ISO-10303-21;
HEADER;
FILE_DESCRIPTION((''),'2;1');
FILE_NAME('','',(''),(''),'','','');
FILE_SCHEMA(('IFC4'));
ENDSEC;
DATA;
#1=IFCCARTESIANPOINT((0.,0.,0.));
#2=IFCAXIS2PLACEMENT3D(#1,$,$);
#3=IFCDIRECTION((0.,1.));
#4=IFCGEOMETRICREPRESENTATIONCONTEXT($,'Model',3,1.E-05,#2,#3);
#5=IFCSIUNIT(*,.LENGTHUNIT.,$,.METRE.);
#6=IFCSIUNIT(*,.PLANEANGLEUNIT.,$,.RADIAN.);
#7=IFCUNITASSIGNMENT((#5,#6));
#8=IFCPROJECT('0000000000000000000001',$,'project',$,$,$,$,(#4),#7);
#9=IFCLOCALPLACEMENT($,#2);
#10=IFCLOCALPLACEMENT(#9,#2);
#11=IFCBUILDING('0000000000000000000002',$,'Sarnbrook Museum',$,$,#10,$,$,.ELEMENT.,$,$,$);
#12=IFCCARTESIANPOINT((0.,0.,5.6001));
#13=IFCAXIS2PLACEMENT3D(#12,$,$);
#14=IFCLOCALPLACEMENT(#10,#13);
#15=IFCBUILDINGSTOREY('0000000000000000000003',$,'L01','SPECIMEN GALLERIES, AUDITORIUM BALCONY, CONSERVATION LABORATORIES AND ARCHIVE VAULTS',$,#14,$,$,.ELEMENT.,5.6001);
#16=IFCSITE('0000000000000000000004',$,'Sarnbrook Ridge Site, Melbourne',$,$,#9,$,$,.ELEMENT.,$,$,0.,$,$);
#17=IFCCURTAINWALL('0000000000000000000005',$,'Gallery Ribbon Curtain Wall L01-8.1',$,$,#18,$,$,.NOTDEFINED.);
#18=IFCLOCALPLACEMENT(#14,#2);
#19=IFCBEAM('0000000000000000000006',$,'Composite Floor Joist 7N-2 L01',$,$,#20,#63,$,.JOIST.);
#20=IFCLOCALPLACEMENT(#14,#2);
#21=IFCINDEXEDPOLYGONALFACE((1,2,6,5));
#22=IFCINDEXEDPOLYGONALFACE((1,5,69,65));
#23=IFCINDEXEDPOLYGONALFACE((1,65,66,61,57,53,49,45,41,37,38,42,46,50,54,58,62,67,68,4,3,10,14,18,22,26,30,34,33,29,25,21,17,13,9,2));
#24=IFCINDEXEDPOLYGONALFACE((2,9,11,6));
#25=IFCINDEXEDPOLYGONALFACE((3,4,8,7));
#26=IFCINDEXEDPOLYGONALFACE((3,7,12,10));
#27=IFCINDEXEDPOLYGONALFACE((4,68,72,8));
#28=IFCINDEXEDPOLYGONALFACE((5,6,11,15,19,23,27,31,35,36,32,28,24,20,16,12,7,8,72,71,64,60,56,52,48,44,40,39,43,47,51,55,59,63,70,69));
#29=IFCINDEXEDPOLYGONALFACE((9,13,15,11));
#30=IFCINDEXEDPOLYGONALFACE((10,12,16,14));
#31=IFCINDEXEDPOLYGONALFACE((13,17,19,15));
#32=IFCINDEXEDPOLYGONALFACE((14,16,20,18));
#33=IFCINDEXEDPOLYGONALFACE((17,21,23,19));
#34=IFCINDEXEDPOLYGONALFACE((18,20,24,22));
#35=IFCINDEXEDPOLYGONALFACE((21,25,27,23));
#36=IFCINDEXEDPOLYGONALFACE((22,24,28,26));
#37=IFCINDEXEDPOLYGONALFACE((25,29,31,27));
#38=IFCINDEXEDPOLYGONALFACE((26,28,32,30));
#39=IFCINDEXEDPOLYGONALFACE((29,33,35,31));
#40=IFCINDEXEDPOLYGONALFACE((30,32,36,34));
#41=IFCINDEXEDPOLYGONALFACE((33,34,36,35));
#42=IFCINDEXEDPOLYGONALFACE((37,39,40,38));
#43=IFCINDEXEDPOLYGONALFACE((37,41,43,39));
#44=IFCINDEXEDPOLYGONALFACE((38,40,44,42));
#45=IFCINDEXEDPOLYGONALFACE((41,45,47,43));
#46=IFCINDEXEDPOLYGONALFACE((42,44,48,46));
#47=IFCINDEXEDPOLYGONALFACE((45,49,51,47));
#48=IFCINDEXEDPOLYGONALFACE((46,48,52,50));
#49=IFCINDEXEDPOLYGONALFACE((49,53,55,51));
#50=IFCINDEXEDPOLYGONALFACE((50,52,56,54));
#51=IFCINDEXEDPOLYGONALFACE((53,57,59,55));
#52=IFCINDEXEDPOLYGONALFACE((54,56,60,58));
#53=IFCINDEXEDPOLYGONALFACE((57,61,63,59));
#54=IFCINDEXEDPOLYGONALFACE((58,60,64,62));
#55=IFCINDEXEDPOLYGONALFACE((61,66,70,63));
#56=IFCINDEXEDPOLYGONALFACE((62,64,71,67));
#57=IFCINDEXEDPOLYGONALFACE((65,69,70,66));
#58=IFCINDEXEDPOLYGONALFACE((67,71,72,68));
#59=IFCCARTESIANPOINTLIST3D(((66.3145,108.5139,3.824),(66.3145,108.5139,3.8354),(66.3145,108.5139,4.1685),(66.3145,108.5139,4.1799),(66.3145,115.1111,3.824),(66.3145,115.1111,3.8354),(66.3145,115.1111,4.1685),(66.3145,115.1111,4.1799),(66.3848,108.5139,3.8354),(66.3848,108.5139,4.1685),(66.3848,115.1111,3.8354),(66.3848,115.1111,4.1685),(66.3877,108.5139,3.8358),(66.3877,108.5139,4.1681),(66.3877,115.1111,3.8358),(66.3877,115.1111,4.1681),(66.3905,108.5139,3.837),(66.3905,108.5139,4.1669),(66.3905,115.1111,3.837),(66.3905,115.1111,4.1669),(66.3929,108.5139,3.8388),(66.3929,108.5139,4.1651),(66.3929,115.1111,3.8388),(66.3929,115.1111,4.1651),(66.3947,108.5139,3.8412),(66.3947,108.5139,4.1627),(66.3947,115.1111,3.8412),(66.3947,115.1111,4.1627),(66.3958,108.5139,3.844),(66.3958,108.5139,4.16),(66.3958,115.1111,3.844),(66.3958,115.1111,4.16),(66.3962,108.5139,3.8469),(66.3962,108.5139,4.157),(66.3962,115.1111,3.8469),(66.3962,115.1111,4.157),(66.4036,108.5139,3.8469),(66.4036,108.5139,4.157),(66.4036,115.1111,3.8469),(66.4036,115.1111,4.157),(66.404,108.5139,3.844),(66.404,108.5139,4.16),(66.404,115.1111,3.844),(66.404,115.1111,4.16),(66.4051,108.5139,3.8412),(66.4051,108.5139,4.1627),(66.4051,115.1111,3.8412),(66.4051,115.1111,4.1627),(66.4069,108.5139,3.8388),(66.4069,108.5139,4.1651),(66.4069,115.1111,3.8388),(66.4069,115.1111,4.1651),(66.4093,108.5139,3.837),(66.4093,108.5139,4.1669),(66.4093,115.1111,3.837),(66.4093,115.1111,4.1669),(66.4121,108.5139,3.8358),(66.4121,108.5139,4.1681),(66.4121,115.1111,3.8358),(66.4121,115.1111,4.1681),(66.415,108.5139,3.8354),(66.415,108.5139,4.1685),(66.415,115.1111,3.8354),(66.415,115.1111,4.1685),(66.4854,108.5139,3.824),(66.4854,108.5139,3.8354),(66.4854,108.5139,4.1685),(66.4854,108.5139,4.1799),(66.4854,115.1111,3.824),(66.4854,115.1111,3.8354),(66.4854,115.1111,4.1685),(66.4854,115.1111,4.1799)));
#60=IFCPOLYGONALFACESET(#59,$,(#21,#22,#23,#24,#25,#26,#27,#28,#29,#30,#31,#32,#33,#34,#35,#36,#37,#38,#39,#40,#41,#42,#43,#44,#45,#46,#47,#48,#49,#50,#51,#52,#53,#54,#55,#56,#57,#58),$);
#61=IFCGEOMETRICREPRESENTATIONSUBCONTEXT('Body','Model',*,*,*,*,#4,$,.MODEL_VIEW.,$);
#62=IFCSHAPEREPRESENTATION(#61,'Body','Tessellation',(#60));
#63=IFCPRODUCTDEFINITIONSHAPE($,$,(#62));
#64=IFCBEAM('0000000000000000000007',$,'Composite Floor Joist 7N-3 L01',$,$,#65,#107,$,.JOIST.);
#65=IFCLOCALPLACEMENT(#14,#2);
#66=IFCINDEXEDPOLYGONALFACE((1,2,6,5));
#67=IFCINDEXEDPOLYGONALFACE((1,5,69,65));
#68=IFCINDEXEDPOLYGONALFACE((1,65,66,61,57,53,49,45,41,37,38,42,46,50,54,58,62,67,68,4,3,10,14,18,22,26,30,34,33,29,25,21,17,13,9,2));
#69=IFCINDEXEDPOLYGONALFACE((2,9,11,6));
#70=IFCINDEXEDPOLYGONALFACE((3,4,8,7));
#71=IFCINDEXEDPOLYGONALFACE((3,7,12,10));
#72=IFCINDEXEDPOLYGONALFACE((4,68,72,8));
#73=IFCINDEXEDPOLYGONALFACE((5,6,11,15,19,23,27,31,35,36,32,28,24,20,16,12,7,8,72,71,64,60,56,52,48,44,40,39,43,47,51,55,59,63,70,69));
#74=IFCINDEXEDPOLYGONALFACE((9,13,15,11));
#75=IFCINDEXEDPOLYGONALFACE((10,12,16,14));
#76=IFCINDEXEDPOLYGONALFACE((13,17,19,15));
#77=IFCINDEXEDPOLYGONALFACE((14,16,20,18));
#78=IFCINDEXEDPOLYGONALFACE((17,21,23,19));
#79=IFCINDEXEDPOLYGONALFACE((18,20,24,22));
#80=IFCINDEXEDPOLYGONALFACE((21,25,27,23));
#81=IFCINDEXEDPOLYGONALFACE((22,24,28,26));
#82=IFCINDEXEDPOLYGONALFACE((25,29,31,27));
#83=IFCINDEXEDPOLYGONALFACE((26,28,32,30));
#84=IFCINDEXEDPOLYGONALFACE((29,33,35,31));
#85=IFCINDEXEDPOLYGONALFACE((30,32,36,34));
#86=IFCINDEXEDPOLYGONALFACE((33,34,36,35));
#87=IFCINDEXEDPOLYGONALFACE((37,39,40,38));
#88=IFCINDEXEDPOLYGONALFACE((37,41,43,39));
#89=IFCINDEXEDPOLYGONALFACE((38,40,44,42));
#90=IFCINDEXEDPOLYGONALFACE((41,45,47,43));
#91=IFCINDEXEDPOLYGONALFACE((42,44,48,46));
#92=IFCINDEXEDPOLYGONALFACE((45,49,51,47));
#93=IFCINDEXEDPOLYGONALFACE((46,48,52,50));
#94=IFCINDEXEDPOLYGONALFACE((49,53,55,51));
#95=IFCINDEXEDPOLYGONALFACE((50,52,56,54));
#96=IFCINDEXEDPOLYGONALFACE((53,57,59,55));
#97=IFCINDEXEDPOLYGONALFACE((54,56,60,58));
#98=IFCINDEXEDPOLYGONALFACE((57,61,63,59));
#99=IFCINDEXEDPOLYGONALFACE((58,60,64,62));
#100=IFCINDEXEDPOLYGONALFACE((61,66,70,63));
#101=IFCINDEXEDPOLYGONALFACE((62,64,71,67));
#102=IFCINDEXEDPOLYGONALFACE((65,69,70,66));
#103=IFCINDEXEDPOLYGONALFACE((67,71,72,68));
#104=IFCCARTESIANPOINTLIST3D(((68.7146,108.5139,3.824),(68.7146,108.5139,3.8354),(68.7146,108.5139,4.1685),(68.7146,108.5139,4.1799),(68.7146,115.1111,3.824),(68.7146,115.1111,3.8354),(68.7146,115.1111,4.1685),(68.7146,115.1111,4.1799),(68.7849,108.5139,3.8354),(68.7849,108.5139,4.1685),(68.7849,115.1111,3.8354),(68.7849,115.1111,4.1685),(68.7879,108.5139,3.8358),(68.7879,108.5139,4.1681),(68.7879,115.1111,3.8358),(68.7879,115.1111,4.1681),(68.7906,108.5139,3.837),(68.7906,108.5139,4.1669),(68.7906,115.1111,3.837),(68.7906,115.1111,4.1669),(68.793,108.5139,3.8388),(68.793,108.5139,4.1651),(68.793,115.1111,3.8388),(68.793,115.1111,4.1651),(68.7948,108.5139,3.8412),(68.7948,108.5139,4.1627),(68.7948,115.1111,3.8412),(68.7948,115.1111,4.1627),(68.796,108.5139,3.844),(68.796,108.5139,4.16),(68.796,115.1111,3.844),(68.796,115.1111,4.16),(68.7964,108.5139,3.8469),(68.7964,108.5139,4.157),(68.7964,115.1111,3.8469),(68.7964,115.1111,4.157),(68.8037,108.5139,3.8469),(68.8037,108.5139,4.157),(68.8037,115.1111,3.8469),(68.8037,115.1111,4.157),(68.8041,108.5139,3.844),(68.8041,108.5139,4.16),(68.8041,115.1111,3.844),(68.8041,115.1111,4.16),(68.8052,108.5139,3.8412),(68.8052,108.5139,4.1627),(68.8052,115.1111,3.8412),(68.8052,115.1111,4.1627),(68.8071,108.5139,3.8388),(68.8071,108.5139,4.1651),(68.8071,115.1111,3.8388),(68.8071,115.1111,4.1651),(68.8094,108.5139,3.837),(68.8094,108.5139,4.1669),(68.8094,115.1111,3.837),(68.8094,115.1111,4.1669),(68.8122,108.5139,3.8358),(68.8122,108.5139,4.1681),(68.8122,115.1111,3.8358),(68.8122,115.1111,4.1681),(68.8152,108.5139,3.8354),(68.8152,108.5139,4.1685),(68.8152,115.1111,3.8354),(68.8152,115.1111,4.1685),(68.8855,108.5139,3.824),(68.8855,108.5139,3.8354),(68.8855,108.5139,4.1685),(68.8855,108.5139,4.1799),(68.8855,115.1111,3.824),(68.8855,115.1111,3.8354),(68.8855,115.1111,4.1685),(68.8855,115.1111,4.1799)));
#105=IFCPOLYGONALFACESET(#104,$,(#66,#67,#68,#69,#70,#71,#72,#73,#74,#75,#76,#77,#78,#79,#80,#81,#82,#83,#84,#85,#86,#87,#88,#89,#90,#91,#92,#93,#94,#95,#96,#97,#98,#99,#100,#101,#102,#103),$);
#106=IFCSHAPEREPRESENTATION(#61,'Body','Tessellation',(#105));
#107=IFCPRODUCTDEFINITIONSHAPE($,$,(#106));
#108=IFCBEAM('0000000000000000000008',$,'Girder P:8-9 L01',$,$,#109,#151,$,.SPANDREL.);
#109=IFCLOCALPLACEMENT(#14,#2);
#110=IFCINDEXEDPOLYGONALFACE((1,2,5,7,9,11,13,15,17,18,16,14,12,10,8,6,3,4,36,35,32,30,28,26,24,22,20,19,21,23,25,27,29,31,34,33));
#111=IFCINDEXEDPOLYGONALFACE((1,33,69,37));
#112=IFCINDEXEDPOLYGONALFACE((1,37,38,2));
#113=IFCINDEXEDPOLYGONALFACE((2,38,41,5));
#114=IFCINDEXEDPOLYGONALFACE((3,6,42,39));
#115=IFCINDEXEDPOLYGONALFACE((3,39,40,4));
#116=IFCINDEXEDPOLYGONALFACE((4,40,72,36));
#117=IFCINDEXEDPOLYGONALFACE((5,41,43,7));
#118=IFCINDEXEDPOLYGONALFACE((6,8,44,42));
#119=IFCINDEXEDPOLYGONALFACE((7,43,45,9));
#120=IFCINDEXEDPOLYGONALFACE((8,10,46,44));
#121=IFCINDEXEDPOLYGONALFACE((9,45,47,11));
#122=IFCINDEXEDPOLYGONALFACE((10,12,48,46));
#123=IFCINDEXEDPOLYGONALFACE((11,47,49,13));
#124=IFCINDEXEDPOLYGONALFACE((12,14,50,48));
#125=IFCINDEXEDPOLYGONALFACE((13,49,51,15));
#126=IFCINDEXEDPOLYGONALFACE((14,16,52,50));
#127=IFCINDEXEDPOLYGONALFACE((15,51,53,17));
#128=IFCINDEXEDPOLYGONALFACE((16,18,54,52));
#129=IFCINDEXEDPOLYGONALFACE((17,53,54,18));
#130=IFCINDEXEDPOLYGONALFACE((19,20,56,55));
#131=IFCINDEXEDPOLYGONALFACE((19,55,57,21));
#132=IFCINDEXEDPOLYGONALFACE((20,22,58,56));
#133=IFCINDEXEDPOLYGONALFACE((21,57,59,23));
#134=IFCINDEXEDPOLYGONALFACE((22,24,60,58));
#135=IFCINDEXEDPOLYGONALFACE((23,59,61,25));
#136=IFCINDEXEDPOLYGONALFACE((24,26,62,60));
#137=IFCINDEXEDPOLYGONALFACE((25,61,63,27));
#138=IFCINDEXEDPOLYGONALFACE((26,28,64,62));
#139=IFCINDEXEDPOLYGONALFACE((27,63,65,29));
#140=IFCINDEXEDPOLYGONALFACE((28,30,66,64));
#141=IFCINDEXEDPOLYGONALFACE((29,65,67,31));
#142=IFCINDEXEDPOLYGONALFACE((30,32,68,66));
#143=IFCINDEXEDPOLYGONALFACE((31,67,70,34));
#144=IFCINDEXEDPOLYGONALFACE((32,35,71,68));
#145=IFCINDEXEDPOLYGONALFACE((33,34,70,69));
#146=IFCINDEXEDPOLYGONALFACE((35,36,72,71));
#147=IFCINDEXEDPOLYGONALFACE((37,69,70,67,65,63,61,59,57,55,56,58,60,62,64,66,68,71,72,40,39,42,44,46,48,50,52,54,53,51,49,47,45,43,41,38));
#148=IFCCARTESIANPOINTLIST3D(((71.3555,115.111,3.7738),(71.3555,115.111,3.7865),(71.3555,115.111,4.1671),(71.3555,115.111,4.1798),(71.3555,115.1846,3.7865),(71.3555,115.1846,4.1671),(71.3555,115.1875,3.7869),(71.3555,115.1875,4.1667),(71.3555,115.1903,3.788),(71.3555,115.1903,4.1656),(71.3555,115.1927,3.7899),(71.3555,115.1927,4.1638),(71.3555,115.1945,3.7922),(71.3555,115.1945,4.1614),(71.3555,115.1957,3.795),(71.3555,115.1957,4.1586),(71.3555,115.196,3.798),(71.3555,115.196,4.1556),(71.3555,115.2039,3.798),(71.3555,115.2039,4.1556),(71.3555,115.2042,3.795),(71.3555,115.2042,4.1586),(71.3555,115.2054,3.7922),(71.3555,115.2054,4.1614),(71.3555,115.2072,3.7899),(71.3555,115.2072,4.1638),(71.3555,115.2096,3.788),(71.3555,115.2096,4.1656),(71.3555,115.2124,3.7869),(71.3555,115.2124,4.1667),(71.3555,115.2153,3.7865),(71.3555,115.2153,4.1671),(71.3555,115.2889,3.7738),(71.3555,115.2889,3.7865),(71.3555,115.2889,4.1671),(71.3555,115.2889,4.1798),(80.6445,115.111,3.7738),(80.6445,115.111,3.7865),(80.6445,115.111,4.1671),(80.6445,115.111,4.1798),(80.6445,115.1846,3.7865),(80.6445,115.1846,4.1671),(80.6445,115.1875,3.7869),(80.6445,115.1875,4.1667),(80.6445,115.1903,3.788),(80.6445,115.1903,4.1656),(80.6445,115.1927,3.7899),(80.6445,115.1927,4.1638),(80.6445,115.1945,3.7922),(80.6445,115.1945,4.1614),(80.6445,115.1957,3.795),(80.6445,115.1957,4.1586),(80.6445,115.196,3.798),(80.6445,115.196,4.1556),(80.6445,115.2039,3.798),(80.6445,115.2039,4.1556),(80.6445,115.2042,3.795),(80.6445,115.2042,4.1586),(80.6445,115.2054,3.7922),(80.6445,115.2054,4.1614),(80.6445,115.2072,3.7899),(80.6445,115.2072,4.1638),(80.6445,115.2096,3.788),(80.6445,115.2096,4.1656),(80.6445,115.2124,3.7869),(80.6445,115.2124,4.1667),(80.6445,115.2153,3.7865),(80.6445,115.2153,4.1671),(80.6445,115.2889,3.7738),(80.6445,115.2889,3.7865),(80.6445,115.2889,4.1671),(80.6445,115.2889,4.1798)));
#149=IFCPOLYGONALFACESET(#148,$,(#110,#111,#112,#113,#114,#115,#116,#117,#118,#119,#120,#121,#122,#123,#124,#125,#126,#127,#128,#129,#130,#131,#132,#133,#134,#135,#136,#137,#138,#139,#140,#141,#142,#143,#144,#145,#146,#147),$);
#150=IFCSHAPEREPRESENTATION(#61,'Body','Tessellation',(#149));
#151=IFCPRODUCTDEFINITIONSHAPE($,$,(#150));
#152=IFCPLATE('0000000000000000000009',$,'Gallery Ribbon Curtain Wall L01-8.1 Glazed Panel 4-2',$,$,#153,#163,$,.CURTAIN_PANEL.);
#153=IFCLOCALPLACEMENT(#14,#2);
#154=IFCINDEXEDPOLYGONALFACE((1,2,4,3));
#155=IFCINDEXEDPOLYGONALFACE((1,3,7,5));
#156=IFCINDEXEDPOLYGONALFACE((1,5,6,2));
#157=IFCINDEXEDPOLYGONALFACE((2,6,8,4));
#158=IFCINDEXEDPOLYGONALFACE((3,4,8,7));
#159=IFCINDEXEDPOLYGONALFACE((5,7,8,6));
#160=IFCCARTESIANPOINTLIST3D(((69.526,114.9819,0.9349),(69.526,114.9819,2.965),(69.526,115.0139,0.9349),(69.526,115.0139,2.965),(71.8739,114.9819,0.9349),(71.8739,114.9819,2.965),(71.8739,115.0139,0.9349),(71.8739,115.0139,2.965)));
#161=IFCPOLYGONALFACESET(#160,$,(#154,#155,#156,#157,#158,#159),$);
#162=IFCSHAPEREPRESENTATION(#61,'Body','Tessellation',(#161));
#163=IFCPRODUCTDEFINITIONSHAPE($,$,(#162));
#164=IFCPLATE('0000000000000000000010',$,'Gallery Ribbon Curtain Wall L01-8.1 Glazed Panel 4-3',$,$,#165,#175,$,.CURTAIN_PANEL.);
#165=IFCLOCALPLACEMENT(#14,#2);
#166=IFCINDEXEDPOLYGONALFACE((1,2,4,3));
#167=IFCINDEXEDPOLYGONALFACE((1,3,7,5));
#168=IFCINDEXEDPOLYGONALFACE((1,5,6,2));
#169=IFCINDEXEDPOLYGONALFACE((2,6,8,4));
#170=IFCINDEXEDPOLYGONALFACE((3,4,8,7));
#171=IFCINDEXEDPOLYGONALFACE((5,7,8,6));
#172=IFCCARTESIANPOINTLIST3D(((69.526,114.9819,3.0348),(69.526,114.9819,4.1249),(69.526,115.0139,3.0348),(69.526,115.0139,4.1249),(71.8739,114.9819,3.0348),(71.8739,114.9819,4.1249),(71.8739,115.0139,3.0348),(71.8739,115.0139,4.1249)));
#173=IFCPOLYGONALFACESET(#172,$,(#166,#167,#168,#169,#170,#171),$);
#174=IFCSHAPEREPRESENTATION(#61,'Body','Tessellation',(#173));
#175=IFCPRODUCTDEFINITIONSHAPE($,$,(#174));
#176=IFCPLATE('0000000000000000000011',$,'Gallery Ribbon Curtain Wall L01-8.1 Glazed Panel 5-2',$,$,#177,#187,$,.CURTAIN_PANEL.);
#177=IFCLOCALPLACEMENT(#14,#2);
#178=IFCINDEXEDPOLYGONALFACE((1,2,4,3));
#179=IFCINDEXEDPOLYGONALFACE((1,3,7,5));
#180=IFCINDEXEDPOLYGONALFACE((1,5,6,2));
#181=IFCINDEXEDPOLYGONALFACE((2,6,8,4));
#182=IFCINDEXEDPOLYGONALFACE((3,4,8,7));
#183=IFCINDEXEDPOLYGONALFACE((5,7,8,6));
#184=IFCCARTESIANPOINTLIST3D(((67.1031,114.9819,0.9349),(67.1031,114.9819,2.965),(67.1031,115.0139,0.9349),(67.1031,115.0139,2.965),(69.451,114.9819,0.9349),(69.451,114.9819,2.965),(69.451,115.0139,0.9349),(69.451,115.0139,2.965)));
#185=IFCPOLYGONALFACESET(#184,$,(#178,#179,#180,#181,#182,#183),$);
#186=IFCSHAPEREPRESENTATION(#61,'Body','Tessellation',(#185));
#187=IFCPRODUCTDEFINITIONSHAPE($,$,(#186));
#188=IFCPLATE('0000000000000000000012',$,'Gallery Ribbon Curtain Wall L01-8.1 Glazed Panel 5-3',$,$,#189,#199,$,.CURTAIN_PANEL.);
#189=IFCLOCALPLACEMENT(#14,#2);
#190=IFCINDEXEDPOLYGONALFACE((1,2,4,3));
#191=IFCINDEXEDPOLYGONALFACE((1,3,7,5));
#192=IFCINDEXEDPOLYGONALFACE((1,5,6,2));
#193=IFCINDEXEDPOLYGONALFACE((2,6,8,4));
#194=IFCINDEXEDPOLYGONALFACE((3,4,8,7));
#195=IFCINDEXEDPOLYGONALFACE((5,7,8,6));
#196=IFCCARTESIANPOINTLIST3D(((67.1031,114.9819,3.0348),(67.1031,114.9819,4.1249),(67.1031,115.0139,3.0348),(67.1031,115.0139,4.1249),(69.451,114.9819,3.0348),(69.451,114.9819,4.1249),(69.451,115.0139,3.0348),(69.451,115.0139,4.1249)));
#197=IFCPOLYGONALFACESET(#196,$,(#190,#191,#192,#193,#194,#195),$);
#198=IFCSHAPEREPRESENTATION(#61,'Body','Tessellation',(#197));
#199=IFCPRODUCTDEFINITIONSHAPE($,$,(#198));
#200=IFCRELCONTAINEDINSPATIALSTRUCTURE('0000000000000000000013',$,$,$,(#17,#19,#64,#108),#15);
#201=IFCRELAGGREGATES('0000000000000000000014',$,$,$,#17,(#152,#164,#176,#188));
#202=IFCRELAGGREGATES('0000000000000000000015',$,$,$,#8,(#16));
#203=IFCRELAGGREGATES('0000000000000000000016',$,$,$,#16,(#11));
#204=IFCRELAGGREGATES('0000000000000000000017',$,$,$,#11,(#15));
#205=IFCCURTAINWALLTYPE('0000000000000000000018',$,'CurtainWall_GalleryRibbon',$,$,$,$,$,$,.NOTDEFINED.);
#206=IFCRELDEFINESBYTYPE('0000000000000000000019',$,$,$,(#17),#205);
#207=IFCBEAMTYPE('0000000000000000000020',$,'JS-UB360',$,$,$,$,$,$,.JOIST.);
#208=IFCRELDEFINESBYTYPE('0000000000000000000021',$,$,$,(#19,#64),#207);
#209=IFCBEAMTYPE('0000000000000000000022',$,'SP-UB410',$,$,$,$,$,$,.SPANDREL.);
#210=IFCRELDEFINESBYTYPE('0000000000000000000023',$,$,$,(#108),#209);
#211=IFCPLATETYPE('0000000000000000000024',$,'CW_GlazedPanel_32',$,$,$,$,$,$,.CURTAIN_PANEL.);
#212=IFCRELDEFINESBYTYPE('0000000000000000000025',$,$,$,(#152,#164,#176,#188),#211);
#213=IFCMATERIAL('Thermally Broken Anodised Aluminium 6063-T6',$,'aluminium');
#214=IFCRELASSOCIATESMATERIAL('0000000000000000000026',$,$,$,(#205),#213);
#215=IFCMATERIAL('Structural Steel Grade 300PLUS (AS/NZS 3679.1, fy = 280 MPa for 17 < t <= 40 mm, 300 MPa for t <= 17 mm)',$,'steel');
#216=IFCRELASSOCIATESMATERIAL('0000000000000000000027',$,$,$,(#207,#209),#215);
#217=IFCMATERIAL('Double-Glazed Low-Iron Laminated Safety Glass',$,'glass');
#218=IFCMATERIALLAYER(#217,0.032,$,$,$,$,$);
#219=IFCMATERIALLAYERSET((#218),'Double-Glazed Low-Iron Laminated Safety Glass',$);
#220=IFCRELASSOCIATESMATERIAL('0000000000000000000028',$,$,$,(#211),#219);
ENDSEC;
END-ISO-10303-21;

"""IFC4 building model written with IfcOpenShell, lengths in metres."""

from ifc_helpers import new_model, si_unit, direction, frame, origin, origin_2d, place, context, subcontext, project, spatial, rectangle, i_section, extrude, material, layer, layer_set, material_profile, profile_set, type_object, element, aggregate, save


model = new_model("IFC4")

# Units and contexts
model_context = context("Model", 3, precision=1e-05, world=origin(), true_north=direction((0.0, 1.0)))
body_context = subcontext(model_context, "Body", "Model", "MODEL_VIEW")
ifc_project = project(units=[si_unit("LENGTHUNIT", "METRE"), si_unit("PLANEANGLEUNIT", "RADIAN")], contexts=[model_context])

# Site, building, storey
site_placement = place(None, origin())
site = spatial("IfcSite", under=ifc_project, at=site_placement, Name="Sarnbrook Ridge Site, Melbourne", CompositionType="ELEMENT", RefElevation=0.0)
building_placement = place(site_placement, origin())
building = spatial("IfcBuilding", under=site, at=building_placement, Name="Sarnbrook Museum", CompositionType="ELEMENT")
storey_placement = place(building_placement, frame((0.0, 0.0, 5.6001)))
storey = spatial("IfcBuildingStorey", under=building, at=storey_placement, Name="L01", Description="SPECIMEN GALLERIES, AUDITORIUM BALCONY, CONSERVATION LABORATORIES AND ARCHIVE VAULTS", CompositionType="ELEMENT", Elevation=5.6001)

# Shared definitions
ifc_material_1 = material(Name="Structural Steel Grade 300PLUS (AS/NZS 3679.1, fy = 280 MPa for 17 < t <= 40 mm, 300 MPa for t <= 17 mm)", Category="steel")

# Curtain wall
ifc_material_2 = material(Name="Thermally Broken Anodised Aluminium 6063-T6", Category="aluminium")
curtain_wall_type = type_object("IfcCurtainWallType", Name="CurtainWall_GalleryRibbon", PredefinedType="NOTDEFINED", material=ifc_material_2)
curtain_wall_placement = place(storey_placement, origin())
curtain_wall = element("IfcCurtainWall", 1, at=curtain_wall_placement, inside=storey, type_object=curtain_wall_type, Name="Gallery Ribbon Curtain Wall L01-8.1", PredefinedType="NOTDEFINED")

# Beams
ifc_material_profile_1 = material_profile(ifc_material_1, i_section(OverallWidth=0.1709, OverallDepth=0.356, WebThickness=0.0073, FlangeThickness=0.0115, FilletRadius=0.0115, at=origin_2d()), Name="360UB50.7")
ifc_profile_set_1 = profile_set([ifc_material_profile_1], Name="Structural Steel Grade 300PLUS (AS/NZS 3679.1, fy = 280 MPa for 17 < t <= 40 mm, 300 MPa for t <= 17 mm)")
beam_type_1 = type_object("IfcBeamType", Name="JS-UB360", PredefinedType="JOIST", material=ifc_profile_set_1)
for number, where, z_axis, x_axis, name in (
    (2, (66.3999, 108.5139, 4.002), (0.0, 1.0, 0.0), (-1.0, 0.0, 0.0), "Composite Floor Joist 7N-2 L01"),
    (3, (68.8, 108.5139, 4.002), (0.0, 1.0, 0.0), (-1.0, 0.0, 0.0), "Composite Floor Joist 7N-3 L01"),
):
    element("IfcBeam", number, at=place(storey_placement, frame(where, z_axis=z_axis, x_axis=x_axis)), inside=storey, type_object=beam_type_1, Name=name, PredefinedType="JOIST", context=body_context, shape_type="SweptSolid", body=[
        extrude(i_section(OverallWidth=0.1709, OverallDepth=0.356, WebThickness=0.0073, FlangeThickness=0.0115, FilletRadius=0.0115, at=origin_2d()), origin(), (0.0, 0.0, 1.0), 6.5972),
    ])
ifc_material_profile_2 = material_profile(ifc_material_1, i_section(OverallWidth=0.178, OverallDepth=0.406, WebThickness=0.0078, FlangeThickness=0.0127, FilletRadius=0.0115, at=origin_2d()), Name="410UB59.7")
ifc_profile_set_2 = profile_set([ifc_material_profile_2], Name="Structural Steel Grade 300PLUS (AS/NZS 3679.1, fy = 280 MPa for 17 < t <= 40 mm, 300 MPa for t <= 17 mm)")
beam_type_2 = type_object("IfcBeamType", Name="SP-UB410", PredefinedType="SPANDREL", material=ifc_profile_set_2)
beam_1_placement = place(storey_placement, frame((71.3555, 115.2, 3.9768), z_axis=(1.0, 0.0, 0.0), x_axis=(0.0, 1.0, 0.0)))
element("IfcBeam", 4, at=beam_1_placement, inside=storey, type_object=beam_type_2, Name="Girder P:8-9 L01", PredefinedType="SPANDREL", context=body_context, shape_type="SweptSolid", body=[
    extrude(i_section(OverallWidth=0.178, OverallDepth=0.406, WebThickness=0.0078, FlangeThickness=0.0127, FilletRadius=0.0115, at=origin_2d()), origin(), (0.0, 0.0, 1.0), 9.2891),
])

# Plates
ifc_material_3 = material(Name="Double-Glazed Low-Iron Laminated Safety Glass", Category="glass")
ifc_layer_1 = layer(ifc_material_3, 0.032)
ifc_layer_set_1 = layer_set([ifc_layer_1], Name="Double-Glazed Low-Iron Laminated Safety Glass")
plate_type_1 = type_object("IfcPlateType", Name="CW_GlazedPanel_32", PredefinedType="CURTAIN_PANEL", material=ifc_layer_set_1)
plate_1_placement = place(storey_placement, frame((70.7, 114.9819, 1.95), z_axis=(0.0, 1.0, 0.0), x_axis=(-1.0, 0.0, 0.0)))
plate_1 = element("IfcPlate", 5, at=plate_1_placement, type_object=plate_type_1, Name="Gallery Ribbon Curtain Wall L01-8.1 Glazed Panel 4-2", PredefinedType="CURTAIN_PANEL", context=body_context, shape_type="SweptSolid", body=[
    extrude(rectangle(XDim=2.3479, YDim=2.03, at=origin_2d()), origin(), (0.0, 0.0, 1.0), 0.032),
])
plate_2_placement = place(storey_placement, frame((70.7, 114.9819, 3.5798), z_axis=(0.0, 1.0, 0.0), x_axis=(-1.0, 0.0, 0.0)))
plate_2 = element("IfcPlate", 6, at=plate_2_placement, type_object=plate_type_1, Name="Gallery Ribbon Curtain Wall L01-8.1 Glazed Panel 4-3", PredefinedType="CURTAIN_PANEL", context=body_context, shape_type="SweptSolid", body=[
    extrude(rectangle(XDim=2.3479, YDim=1.0901, at=origin_2d()), origin(), (0.0, 0.0, 1.0), 0.032),
])
plate_3_placement = place(storey_placement, frame((68.2771, 114.9819, 1.95), z_axis=(0.0, 1.0, 0.0), x_axis=(-1.0, 0.0, 0.0)))
plate_3 = element("IfcPlate", 7, at=plate_3_placement, type_object=plate_type_1, Name="Gallery Ribbon Curtain Wall L01-8.1 Glazed Panel 5-2", PredefinedType="CURTAIN_PANEL", context=body_context, shape_type="SweptSolid", body=[
    extrude(rectangle(XDim=2.3479, YDim=2.03, at=origin_2d()), origin(), (0.0, 0.0, 1.0), 0.032),
])
plate_4_placement = place(storey_placement, frame((68.2771, 114.9819, 3.5798), z_axis=(0.0, 1.0, 0.0), x_axis=(-1.0, 0.0, 0.0)))
plate_4 = element("IfcPlate", 8, at=plate_4_placement, type_object=plate_type_1, Name="Gallery Ribbon Curtain Wall L01-8.1 Glazed Panel 5-3", PredefinedType="CURTAIN_PANEL", context=body_context, shape_type="SweptSolid", body=[
    extrude(rectangle(XDim=2.3479, YDim=1.0901, at=origin_2d()), origin(), (0.0, 0.0, 1.0), 0.032),
])
aggregate(curtain_wall, [plate_1, plate_2, plate_3, plate_4])

save(model, "model.ifc")
